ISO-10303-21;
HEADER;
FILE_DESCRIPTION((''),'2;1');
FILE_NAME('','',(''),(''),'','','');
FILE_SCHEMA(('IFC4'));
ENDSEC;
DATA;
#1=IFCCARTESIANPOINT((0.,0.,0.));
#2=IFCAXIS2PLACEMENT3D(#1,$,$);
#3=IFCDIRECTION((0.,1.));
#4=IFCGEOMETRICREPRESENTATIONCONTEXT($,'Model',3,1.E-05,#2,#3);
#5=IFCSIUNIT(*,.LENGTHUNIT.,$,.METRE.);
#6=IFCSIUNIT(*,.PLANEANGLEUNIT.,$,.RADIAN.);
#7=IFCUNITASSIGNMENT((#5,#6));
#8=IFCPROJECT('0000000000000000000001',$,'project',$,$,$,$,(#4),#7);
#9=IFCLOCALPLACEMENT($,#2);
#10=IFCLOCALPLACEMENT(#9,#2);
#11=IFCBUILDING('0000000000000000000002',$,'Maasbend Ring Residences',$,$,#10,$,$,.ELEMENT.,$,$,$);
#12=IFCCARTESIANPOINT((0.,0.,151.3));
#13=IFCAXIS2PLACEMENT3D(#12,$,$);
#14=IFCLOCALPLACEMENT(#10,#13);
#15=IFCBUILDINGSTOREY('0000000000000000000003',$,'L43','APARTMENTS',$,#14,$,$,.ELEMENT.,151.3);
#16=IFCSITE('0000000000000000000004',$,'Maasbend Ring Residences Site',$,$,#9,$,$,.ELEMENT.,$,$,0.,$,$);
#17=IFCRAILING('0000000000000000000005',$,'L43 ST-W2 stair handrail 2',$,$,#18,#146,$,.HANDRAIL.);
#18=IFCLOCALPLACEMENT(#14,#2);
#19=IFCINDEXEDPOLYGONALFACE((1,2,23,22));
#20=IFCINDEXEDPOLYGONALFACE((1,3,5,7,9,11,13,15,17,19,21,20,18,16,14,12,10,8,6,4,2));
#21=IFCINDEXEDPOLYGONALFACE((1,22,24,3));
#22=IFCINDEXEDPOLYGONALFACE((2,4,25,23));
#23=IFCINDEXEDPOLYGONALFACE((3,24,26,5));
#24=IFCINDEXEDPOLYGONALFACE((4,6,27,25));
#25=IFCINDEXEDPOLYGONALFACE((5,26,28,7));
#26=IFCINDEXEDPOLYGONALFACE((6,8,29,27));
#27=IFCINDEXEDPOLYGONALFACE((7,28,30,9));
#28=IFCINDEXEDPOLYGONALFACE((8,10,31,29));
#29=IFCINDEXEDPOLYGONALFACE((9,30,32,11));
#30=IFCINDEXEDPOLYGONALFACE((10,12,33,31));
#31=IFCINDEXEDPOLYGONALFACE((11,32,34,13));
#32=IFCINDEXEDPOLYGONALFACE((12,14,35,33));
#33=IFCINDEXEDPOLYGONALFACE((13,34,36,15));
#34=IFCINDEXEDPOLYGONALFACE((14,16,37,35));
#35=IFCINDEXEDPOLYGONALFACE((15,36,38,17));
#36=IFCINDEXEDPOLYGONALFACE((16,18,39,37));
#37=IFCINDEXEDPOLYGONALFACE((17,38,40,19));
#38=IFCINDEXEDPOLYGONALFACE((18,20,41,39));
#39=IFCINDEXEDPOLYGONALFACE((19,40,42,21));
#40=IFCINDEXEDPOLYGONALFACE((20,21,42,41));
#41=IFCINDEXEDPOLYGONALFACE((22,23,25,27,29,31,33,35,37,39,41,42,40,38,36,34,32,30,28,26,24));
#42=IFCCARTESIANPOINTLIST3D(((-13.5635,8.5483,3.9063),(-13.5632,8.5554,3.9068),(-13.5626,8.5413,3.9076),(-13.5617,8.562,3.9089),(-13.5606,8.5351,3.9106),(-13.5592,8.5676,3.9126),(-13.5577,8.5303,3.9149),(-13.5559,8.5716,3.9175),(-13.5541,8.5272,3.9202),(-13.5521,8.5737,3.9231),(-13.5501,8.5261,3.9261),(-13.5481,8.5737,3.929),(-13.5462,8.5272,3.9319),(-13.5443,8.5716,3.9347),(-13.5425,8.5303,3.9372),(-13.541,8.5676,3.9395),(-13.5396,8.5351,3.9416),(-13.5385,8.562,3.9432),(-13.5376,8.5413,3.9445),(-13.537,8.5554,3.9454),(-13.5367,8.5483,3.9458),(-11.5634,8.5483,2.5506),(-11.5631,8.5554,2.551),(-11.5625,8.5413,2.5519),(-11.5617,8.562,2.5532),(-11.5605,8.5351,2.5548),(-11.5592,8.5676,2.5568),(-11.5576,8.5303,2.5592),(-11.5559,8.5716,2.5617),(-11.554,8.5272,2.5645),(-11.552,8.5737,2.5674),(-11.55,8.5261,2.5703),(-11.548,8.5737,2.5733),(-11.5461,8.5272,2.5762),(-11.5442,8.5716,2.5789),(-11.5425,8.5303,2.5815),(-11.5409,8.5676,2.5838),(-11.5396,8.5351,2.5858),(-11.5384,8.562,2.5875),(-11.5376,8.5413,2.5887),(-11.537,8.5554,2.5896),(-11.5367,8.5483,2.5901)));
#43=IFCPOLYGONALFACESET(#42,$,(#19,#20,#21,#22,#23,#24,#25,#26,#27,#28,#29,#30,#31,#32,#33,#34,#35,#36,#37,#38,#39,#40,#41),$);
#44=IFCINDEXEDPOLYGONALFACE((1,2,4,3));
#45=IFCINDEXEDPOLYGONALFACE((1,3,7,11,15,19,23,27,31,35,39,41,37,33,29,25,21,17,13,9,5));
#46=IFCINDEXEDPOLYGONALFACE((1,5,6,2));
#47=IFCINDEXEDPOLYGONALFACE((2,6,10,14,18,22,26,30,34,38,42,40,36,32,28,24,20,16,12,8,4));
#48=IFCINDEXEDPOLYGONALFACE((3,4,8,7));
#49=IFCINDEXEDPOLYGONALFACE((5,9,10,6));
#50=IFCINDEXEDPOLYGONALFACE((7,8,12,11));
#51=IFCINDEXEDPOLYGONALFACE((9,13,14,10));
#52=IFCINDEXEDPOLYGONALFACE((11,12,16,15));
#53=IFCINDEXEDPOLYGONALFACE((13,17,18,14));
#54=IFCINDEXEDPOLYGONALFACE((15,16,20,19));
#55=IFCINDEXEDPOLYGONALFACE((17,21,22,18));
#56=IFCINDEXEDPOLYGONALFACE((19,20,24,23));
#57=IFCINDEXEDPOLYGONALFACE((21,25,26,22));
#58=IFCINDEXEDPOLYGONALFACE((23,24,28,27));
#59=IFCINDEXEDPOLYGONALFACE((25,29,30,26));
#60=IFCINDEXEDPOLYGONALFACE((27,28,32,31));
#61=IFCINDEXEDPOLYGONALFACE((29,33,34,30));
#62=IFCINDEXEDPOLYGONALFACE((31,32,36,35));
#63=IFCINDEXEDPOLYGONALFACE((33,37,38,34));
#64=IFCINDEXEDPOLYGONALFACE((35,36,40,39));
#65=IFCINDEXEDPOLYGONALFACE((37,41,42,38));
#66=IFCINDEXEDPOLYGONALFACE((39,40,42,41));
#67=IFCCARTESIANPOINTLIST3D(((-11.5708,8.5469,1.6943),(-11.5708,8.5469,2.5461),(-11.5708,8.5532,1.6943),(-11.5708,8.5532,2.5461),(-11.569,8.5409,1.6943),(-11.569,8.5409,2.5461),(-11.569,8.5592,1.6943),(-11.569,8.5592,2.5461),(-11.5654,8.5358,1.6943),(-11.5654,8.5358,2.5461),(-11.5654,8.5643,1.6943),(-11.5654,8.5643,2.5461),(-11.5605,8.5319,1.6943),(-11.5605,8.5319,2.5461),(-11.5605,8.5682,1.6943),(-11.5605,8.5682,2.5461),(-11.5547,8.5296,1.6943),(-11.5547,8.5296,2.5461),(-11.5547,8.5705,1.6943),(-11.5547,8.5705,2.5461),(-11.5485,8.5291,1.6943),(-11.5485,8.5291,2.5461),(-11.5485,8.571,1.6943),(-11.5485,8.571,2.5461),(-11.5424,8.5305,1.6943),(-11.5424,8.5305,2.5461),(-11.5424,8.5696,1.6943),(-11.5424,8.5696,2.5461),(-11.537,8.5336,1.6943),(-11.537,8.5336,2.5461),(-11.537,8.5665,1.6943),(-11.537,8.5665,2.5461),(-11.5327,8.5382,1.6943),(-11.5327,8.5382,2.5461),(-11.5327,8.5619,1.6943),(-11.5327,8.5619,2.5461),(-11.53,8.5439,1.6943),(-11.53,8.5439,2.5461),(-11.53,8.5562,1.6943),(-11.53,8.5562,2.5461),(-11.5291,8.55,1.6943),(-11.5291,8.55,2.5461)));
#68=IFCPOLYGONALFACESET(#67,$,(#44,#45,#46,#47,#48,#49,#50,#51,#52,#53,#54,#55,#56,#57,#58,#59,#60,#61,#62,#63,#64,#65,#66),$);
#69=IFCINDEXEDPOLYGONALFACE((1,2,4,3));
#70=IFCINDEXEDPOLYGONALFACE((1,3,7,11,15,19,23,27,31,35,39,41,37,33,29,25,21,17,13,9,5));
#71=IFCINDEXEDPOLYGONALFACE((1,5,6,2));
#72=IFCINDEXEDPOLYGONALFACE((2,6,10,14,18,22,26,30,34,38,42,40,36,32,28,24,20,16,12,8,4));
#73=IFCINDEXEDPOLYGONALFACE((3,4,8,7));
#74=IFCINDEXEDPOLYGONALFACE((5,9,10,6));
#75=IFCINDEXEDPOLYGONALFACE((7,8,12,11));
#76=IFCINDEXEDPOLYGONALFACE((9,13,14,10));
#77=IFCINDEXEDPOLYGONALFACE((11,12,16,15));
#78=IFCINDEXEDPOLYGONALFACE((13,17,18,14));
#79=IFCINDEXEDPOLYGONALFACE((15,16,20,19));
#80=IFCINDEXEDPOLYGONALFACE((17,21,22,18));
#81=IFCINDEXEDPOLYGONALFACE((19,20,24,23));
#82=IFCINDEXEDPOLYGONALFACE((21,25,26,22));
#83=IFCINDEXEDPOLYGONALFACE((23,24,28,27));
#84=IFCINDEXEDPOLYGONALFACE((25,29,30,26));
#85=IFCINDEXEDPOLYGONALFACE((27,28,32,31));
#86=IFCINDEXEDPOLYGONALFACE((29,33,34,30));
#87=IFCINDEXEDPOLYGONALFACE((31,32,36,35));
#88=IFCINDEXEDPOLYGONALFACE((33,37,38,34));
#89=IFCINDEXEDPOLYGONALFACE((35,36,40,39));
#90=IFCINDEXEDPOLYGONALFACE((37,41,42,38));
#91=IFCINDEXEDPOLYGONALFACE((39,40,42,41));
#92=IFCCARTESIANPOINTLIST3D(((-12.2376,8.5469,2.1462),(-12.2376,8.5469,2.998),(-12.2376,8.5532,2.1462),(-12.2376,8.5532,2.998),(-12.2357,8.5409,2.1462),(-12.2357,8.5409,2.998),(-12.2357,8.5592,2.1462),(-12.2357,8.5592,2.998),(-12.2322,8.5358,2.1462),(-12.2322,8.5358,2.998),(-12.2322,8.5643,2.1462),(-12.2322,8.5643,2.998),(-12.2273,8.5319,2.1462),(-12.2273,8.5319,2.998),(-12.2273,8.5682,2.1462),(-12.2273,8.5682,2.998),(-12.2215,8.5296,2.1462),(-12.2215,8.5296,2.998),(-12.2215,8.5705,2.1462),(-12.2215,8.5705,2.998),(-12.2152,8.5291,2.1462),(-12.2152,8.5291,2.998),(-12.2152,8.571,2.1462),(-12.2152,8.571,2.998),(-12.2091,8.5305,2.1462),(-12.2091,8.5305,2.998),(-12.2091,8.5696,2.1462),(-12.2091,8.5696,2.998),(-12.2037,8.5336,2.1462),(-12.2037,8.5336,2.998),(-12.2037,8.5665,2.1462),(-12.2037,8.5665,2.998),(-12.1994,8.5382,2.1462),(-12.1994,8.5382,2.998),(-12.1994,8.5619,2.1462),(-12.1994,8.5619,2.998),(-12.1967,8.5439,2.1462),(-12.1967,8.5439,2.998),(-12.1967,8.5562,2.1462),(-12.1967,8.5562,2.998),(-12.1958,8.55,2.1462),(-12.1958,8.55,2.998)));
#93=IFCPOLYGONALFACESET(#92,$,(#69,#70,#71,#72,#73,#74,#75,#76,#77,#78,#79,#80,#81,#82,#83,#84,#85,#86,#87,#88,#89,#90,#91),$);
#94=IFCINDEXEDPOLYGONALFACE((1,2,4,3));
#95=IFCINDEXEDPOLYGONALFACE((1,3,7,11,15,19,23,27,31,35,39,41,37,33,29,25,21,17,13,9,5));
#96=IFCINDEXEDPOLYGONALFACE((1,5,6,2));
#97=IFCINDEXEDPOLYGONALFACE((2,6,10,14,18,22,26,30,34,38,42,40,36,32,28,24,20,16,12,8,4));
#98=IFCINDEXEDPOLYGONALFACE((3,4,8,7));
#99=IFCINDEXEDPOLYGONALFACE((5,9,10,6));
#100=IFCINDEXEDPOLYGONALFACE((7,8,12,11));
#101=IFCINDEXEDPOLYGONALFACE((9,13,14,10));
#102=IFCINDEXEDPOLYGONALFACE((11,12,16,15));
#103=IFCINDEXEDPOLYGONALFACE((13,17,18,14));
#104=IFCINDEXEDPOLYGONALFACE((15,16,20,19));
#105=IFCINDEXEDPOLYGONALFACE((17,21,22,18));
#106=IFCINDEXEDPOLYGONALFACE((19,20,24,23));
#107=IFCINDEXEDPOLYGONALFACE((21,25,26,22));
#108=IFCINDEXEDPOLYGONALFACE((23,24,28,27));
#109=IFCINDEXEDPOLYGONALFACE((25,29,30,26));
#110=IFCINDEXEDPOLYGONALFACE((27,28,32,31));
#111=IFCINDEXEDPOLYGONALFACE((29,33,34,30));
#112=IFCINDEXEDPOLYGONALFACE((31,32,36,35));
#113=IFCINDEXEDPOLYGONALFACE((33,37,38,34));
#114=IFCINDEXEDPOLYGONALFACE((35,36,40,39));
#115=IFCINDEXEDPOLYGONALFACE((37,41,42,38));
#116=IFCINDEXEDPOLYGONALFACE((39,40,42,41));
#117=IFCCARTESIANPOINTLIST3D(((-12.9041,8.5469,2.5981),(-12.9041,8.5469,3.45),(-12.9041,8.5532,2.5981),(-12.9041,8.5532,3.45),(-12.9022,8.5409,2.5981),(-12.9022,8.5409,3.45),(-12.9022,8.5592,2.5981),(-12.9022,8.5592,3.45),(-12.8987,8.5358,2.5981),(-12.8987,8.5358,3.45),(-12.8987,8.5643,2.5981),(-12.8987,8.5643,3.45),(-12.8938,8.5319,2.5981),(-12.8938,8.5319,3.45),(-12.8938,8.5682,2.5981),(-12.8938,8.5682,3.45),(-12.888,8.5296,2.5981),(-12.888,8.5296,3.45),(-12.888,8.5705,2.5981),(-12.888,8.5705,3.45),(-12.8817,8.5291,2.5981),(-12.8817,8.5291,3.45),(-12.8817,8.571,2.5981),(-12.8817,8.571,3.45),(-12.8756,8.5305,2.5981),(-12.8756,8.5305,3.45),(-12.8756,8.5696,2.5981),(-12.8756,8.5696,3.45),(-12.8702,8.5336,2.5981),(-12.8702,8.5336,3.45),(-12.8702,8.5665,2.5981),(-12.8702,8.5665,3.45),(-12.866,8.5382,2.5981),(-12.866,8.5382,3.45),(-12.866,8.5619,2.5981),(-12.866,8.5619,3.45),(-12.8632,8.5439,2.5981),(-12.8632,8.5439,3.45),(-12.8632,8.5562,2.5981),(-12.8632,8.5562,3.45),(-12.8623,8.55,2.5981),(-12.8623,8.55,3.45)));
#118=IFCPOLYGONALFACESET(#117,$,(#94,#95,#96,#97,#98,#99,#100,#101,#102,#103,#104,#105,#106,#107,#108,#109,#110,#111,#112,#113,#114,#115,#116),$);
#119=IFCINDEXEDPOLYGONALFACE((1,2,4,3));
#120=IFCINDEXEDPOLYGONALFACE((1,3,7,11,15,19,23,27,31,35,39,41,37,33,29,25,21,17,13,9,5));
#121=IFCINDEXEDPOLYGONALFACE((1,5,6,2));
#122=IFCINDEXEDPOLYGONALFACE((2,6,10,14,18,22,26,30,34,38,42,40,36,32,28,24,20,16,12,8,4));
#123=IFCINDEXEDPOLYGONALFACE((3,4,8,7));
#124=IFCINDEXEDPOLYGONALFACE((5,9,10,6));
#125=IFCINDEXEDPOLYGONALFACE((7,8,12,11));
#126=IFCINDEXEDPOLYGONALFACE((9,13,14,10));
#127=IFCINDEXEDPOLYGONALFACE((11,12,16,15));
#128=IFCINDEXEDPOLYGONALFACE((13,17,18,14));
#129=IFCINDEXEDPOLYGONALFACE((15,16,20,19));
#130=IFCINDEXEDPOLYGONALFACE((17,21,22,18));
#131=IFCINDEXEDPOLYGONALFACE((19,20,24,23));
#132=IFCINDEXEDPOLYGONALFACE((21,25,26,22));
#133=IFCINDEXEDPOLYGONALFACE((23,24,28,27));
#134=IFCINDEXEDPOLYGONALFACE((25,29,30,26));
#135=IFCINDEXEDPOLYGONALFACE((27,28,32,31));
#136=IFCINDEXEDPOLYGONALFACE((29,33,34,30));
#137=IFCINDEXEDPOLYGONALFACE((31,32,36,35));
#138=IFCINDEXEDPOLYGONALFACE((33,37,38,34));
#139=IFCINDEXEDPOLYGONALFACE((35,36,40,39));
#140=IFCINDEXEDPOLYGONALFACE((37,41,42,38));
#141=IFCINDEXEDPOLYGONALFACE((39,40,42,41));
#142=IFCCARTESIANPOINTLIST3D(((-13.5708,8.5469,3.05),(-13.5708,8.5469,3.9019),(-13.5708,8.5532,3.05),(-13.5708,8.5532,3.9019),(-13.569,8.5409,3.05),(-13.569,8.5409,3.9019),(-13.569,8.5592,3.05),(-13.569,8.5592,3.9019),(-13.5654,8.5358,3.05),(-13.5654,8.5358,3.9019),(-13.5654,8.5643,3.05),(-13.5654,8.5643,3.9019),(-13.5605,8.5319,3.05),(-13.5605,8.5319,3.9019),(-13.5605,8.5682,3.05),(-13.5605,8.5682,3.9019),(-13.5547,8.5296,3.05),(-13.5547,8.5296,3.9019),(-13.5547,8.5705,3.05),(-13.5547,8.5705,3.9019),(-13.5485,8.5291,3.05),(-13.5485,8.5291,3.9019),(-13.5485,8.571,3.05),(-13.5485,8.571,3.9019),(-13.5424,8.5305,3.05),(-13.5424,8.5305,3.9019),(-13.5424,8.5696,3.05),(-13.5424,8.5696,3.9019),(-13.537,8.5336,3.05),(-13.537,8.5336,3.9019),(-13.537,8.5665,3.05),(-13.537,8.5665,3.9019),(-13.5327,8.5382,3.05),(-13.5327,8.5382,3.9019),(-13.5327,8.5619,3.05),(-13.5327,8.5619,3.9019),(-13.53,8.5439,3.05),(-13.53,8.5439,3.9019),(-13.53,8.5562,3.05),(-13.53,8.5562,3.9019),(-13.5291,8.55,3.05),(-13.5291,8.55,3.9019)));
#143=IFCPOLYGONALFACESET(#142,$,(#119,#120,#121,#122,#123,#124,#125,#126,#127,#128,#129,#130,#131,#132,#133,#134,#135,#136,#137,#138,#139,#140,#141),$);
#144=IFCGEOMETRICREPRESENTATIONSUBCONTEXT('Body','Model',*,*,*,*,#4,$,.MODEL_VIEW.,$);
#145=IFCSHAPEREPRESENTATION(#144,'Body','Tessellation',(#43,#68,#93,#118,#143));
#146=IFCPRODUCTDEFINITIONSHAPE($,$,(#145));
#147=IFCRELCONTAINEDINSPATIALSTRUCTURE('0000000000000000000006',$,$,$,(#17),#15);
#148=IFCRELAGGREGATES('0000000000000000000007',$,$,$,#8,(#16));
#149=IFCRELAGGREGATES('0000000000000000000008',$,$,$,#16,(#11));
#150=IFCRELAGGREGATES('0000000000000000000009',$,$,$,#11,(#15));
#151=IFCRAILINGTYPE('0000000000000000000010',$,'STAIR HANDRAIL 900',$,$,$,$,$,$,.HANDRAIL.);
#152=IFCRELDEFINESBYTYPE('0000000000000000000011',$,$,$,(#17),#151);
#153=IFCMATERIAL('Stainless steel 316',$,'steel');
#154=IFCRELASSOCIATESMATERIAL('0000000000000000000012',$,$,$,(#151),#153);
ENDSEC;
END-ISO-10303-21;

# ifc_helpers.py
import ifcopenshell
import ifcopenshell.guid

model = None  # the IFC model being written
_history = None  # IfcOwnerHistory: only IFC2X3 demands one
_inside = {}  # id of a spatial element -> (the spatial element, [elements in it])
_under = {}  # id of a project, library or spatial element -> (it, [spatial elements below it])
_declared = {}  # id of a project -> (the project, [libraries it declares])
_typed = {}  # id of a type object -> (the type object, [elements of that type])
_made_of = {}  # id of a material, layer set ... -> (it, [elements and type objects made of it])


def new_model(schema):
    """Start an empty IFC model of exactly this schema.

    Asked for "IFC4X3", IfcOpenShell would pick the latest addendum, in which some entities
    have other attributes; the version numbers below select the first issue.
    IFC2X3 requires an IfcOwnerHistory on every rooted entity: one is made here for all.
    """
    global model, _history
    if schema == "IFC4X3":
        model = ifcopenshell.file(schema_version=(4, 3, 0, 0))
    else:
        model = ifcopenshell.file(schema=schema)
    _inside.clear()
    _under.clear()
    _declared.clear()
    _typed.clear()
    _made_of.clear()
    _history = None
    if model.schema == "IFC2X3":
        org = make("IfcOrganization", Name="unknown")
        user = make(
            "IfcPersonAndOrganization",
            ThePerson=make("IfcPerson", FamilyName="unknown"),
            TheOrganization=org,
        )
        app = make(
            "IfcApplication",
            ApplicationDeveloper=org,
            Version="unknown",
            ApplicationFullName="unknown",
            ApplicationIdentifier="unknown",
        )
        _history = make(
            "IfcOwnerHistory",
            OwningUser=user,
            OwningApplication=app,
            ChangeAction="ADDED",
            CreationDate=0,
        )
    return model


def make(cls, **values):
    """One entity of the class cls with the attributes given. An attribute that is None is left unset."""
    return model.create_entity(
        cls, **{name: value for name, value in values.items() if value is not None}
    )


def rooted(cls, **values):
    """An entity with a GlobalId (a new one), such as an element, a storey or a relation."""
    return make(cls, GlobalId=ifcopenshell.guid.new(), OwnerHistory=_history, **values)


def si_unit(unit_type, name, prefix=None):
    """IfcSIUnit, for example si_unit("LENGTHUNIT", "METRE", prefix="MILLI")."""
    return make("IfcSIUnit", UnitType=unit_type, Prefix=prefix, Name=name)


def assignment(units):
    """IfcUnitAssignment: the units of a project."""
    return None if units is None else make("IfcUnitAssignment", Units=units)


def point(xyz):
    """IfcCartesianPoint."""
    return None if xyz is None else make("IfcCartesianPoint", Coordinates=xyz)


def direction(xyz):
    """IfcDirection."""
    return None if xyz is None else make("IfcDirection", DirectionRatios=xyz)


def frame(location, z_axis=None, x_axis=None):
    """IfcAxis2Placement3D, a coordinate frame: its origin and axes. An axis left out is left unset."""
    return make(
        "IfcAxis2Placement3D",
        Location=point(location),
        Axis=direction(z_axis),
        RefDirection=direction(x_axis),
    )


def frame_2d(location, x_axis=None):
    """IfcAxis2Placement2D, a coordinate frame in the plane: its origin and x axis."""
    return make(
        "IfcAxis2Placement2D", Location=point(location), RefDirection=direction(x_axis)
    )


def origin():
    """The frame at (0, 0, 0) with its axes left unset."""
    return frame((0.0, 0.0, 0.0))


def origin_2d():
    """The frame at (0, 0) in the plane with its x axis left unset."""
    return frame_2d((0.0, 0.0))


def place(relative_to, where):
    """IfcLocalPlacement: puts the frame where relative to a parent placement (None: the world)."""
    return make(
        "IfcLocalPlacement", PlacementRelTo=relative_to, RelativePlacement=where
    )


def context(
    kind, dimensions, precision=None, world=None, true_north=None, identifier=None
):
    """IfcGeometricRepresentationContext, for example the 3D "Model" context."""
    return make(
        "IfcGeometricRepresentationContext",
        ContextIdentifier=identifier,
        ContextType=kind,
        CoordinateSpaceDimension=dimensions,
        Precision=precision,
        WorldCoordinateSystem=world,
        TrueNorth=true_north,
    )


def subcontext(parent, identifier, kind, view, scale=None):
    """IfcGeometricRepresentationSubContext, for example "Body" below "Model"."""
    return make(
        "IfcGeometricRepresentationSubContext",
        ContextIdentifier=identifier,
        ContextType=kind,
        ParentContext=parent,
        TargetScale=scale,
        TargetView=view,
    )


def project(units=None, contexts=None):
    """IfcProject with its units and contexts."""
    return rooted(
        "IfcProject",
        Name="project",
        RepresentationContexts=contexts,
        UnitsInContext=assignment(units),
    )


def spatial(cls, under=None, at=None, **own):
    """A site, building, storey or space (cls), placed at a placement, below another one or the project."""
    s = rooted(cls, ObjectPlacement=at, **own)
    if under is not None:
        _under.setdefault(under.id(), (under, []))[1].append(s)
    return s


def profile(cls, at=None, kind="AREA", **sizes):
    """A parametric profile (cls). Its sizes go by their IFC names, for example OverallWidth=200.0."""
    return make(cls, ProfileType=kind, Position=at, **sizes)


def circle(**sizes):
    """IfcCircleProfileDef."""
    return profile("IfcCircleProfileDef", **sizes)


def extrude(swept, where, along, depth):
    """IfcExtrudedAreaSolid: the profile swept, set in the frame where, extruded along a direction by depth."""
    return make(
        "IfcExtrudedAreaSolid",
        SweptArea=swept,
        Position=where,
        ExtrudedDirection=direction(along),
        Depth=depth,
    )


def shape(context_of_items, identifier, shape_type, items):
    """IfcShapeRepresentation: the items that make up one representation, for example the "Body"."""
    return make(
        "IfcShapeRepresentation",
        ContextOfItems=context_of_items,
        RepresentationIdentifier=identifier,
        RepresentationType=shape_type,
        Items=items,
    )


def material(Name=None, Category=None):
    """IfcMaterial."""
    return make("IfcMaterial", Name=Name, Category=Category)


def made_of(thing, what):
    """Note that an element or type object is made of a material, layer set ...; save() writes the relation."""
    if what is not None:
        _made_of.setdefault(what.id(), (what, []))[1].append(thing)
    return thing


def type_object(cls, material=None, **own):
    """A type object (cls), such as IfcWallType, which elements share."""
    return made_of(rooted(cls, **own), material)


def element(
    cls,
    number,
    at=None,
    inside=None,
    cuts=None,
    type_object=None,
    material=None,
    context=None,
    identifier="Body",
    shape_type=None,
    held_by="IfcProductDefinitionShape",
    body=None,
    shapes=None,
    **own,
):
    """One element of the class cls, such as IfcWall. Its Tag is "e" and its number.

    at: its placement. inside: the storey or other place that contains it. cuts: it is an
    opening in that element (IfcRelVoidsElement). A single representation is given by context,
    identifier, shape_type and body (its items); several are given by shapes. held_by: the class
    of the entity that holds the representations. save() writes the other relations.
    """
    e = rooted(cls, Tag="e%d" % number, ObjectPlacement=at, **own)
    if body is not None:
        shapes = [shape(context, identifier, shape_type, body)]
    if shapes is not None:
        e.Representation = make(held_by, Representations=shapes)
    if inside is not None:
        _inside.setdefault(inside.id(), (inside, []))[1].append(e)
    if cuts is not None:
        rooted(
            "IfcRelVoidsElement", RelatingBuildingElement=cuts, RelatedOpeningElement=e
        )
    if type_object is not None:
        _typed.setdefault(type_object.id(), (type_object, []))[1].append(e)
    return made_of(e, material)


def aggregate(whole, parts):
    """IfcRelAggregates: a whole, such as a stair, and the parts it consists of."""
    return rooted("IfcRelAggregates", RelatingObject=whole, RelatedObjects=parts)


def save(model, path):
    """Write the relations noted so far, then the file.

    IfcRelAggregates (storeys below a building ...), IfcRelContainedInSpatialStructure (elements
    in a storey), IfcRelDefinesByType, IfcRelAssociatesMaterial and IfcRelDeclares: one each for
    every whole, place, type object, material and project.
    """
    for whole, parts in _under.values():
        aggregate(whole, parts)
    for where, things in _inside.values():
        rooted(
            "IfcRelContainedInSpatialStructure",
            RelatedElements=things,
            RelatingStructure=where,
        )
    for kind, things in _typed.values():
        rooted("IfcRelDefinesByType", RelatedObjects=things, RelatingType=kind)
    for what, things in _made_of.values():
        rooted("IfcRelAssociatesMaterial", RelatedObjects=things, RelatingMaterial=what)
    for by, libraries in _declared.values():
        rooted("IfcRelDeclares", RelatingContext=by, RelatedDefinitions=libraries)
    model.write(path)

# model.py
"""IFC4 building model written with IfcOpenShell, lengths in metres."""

from ifc_helpers import new_model, si_unit, direction, frame, origin, origin_2d, place, context, subcontext, project, spatial, circle, extrude, material, type_object, element, save


model = new_model("IFC4")

# Units and contexts
model_context = context("Model", 3, precision=1e-05, world=origin(), true_north=direction((0.0, 1.0)))
body_context = subcontext(model_context, "Body", "Model", "MODEL_VIEW")
ifc_project = project(units=[si_unit("LENGTHUNIT", "METRE"), si_unit("PLANEANGLEUNIT", "RADIAN")], contexts=[model_context])

# Site, building, storey
site_placement = place(None, origin())
site = spatial("IfcSite", under=ifc_project, at=site_placement, Name="Maasbend Ring Residences Site", CompositionType="ELEMENT", RefElevation=0.0)
building_placement = place(site_placement, origin())
building = spatial("IfcBuilding", under=site, at=building_placement, Name="Maasbend Ring Residences", CompositionType="ELEMENT")
storey_placement = place(building_placement, frame((0.0, 0.0, 151.3)))
storey = spatial("IfcBuildingStorey", under=building, at=storey_placement, Name="L43", Description="APARTMENTS", CompositionType="ELEMENT", Elevation=151.3)

# Railing
ifc_material_1 = material(Name="Stainless steel 316", Category="steel")
railing_type_1 = type_object("IfcRailingType", Name="STAIR HANDRAIL 900", PredefinedType="HANDRAIL", material=ifc_material_1)
railing_1_placement = place(storey_placement, frame((-11.55, 8.55, 1.6943)))
element("IfcRailing", 1, at=railing_1_placement, inside=storey, type_object=railing_type_1, Name="L43 ST-W2 stair handrail 2", PredefinedType="HANDRAIL", context=body_context, shape_type="SweptSolid", body=[
    extrude(circle(Radius=0.0239, at=origin_2d()), frame((0.0, 0.0, 0.876), z_axis=(-0.827751, 0.0, 0.561096), x_axis=(0.0, -1.0, 0.0)), (0.0, 0.0, 1.0), 2.4163),
    extrude(circle(Radius=0.021, at=origin_2d()), origin(), (0.0, 0.0, 1.0), 0.8518),
    extrude(circle(Radius=0.021, at=origin_2d()), frame((-0.6667, 0.0, 0.4519)), (0.0, 0.0, 1.0), 0.8518),
    extrude(circle(Radius=0.021, at=origin_2d()), frame((-1.3333, 0.0, 0.9038)), (0.0, 0.0, 1.0), 0.8518),
    extrude(circle(Radius=0.021, at=origin_2d()), frame((-2.0, 0.0, 1.3557)), (0.0, 0.0, 1.0), 0.8518),
])

save(model, "model.ifc")
